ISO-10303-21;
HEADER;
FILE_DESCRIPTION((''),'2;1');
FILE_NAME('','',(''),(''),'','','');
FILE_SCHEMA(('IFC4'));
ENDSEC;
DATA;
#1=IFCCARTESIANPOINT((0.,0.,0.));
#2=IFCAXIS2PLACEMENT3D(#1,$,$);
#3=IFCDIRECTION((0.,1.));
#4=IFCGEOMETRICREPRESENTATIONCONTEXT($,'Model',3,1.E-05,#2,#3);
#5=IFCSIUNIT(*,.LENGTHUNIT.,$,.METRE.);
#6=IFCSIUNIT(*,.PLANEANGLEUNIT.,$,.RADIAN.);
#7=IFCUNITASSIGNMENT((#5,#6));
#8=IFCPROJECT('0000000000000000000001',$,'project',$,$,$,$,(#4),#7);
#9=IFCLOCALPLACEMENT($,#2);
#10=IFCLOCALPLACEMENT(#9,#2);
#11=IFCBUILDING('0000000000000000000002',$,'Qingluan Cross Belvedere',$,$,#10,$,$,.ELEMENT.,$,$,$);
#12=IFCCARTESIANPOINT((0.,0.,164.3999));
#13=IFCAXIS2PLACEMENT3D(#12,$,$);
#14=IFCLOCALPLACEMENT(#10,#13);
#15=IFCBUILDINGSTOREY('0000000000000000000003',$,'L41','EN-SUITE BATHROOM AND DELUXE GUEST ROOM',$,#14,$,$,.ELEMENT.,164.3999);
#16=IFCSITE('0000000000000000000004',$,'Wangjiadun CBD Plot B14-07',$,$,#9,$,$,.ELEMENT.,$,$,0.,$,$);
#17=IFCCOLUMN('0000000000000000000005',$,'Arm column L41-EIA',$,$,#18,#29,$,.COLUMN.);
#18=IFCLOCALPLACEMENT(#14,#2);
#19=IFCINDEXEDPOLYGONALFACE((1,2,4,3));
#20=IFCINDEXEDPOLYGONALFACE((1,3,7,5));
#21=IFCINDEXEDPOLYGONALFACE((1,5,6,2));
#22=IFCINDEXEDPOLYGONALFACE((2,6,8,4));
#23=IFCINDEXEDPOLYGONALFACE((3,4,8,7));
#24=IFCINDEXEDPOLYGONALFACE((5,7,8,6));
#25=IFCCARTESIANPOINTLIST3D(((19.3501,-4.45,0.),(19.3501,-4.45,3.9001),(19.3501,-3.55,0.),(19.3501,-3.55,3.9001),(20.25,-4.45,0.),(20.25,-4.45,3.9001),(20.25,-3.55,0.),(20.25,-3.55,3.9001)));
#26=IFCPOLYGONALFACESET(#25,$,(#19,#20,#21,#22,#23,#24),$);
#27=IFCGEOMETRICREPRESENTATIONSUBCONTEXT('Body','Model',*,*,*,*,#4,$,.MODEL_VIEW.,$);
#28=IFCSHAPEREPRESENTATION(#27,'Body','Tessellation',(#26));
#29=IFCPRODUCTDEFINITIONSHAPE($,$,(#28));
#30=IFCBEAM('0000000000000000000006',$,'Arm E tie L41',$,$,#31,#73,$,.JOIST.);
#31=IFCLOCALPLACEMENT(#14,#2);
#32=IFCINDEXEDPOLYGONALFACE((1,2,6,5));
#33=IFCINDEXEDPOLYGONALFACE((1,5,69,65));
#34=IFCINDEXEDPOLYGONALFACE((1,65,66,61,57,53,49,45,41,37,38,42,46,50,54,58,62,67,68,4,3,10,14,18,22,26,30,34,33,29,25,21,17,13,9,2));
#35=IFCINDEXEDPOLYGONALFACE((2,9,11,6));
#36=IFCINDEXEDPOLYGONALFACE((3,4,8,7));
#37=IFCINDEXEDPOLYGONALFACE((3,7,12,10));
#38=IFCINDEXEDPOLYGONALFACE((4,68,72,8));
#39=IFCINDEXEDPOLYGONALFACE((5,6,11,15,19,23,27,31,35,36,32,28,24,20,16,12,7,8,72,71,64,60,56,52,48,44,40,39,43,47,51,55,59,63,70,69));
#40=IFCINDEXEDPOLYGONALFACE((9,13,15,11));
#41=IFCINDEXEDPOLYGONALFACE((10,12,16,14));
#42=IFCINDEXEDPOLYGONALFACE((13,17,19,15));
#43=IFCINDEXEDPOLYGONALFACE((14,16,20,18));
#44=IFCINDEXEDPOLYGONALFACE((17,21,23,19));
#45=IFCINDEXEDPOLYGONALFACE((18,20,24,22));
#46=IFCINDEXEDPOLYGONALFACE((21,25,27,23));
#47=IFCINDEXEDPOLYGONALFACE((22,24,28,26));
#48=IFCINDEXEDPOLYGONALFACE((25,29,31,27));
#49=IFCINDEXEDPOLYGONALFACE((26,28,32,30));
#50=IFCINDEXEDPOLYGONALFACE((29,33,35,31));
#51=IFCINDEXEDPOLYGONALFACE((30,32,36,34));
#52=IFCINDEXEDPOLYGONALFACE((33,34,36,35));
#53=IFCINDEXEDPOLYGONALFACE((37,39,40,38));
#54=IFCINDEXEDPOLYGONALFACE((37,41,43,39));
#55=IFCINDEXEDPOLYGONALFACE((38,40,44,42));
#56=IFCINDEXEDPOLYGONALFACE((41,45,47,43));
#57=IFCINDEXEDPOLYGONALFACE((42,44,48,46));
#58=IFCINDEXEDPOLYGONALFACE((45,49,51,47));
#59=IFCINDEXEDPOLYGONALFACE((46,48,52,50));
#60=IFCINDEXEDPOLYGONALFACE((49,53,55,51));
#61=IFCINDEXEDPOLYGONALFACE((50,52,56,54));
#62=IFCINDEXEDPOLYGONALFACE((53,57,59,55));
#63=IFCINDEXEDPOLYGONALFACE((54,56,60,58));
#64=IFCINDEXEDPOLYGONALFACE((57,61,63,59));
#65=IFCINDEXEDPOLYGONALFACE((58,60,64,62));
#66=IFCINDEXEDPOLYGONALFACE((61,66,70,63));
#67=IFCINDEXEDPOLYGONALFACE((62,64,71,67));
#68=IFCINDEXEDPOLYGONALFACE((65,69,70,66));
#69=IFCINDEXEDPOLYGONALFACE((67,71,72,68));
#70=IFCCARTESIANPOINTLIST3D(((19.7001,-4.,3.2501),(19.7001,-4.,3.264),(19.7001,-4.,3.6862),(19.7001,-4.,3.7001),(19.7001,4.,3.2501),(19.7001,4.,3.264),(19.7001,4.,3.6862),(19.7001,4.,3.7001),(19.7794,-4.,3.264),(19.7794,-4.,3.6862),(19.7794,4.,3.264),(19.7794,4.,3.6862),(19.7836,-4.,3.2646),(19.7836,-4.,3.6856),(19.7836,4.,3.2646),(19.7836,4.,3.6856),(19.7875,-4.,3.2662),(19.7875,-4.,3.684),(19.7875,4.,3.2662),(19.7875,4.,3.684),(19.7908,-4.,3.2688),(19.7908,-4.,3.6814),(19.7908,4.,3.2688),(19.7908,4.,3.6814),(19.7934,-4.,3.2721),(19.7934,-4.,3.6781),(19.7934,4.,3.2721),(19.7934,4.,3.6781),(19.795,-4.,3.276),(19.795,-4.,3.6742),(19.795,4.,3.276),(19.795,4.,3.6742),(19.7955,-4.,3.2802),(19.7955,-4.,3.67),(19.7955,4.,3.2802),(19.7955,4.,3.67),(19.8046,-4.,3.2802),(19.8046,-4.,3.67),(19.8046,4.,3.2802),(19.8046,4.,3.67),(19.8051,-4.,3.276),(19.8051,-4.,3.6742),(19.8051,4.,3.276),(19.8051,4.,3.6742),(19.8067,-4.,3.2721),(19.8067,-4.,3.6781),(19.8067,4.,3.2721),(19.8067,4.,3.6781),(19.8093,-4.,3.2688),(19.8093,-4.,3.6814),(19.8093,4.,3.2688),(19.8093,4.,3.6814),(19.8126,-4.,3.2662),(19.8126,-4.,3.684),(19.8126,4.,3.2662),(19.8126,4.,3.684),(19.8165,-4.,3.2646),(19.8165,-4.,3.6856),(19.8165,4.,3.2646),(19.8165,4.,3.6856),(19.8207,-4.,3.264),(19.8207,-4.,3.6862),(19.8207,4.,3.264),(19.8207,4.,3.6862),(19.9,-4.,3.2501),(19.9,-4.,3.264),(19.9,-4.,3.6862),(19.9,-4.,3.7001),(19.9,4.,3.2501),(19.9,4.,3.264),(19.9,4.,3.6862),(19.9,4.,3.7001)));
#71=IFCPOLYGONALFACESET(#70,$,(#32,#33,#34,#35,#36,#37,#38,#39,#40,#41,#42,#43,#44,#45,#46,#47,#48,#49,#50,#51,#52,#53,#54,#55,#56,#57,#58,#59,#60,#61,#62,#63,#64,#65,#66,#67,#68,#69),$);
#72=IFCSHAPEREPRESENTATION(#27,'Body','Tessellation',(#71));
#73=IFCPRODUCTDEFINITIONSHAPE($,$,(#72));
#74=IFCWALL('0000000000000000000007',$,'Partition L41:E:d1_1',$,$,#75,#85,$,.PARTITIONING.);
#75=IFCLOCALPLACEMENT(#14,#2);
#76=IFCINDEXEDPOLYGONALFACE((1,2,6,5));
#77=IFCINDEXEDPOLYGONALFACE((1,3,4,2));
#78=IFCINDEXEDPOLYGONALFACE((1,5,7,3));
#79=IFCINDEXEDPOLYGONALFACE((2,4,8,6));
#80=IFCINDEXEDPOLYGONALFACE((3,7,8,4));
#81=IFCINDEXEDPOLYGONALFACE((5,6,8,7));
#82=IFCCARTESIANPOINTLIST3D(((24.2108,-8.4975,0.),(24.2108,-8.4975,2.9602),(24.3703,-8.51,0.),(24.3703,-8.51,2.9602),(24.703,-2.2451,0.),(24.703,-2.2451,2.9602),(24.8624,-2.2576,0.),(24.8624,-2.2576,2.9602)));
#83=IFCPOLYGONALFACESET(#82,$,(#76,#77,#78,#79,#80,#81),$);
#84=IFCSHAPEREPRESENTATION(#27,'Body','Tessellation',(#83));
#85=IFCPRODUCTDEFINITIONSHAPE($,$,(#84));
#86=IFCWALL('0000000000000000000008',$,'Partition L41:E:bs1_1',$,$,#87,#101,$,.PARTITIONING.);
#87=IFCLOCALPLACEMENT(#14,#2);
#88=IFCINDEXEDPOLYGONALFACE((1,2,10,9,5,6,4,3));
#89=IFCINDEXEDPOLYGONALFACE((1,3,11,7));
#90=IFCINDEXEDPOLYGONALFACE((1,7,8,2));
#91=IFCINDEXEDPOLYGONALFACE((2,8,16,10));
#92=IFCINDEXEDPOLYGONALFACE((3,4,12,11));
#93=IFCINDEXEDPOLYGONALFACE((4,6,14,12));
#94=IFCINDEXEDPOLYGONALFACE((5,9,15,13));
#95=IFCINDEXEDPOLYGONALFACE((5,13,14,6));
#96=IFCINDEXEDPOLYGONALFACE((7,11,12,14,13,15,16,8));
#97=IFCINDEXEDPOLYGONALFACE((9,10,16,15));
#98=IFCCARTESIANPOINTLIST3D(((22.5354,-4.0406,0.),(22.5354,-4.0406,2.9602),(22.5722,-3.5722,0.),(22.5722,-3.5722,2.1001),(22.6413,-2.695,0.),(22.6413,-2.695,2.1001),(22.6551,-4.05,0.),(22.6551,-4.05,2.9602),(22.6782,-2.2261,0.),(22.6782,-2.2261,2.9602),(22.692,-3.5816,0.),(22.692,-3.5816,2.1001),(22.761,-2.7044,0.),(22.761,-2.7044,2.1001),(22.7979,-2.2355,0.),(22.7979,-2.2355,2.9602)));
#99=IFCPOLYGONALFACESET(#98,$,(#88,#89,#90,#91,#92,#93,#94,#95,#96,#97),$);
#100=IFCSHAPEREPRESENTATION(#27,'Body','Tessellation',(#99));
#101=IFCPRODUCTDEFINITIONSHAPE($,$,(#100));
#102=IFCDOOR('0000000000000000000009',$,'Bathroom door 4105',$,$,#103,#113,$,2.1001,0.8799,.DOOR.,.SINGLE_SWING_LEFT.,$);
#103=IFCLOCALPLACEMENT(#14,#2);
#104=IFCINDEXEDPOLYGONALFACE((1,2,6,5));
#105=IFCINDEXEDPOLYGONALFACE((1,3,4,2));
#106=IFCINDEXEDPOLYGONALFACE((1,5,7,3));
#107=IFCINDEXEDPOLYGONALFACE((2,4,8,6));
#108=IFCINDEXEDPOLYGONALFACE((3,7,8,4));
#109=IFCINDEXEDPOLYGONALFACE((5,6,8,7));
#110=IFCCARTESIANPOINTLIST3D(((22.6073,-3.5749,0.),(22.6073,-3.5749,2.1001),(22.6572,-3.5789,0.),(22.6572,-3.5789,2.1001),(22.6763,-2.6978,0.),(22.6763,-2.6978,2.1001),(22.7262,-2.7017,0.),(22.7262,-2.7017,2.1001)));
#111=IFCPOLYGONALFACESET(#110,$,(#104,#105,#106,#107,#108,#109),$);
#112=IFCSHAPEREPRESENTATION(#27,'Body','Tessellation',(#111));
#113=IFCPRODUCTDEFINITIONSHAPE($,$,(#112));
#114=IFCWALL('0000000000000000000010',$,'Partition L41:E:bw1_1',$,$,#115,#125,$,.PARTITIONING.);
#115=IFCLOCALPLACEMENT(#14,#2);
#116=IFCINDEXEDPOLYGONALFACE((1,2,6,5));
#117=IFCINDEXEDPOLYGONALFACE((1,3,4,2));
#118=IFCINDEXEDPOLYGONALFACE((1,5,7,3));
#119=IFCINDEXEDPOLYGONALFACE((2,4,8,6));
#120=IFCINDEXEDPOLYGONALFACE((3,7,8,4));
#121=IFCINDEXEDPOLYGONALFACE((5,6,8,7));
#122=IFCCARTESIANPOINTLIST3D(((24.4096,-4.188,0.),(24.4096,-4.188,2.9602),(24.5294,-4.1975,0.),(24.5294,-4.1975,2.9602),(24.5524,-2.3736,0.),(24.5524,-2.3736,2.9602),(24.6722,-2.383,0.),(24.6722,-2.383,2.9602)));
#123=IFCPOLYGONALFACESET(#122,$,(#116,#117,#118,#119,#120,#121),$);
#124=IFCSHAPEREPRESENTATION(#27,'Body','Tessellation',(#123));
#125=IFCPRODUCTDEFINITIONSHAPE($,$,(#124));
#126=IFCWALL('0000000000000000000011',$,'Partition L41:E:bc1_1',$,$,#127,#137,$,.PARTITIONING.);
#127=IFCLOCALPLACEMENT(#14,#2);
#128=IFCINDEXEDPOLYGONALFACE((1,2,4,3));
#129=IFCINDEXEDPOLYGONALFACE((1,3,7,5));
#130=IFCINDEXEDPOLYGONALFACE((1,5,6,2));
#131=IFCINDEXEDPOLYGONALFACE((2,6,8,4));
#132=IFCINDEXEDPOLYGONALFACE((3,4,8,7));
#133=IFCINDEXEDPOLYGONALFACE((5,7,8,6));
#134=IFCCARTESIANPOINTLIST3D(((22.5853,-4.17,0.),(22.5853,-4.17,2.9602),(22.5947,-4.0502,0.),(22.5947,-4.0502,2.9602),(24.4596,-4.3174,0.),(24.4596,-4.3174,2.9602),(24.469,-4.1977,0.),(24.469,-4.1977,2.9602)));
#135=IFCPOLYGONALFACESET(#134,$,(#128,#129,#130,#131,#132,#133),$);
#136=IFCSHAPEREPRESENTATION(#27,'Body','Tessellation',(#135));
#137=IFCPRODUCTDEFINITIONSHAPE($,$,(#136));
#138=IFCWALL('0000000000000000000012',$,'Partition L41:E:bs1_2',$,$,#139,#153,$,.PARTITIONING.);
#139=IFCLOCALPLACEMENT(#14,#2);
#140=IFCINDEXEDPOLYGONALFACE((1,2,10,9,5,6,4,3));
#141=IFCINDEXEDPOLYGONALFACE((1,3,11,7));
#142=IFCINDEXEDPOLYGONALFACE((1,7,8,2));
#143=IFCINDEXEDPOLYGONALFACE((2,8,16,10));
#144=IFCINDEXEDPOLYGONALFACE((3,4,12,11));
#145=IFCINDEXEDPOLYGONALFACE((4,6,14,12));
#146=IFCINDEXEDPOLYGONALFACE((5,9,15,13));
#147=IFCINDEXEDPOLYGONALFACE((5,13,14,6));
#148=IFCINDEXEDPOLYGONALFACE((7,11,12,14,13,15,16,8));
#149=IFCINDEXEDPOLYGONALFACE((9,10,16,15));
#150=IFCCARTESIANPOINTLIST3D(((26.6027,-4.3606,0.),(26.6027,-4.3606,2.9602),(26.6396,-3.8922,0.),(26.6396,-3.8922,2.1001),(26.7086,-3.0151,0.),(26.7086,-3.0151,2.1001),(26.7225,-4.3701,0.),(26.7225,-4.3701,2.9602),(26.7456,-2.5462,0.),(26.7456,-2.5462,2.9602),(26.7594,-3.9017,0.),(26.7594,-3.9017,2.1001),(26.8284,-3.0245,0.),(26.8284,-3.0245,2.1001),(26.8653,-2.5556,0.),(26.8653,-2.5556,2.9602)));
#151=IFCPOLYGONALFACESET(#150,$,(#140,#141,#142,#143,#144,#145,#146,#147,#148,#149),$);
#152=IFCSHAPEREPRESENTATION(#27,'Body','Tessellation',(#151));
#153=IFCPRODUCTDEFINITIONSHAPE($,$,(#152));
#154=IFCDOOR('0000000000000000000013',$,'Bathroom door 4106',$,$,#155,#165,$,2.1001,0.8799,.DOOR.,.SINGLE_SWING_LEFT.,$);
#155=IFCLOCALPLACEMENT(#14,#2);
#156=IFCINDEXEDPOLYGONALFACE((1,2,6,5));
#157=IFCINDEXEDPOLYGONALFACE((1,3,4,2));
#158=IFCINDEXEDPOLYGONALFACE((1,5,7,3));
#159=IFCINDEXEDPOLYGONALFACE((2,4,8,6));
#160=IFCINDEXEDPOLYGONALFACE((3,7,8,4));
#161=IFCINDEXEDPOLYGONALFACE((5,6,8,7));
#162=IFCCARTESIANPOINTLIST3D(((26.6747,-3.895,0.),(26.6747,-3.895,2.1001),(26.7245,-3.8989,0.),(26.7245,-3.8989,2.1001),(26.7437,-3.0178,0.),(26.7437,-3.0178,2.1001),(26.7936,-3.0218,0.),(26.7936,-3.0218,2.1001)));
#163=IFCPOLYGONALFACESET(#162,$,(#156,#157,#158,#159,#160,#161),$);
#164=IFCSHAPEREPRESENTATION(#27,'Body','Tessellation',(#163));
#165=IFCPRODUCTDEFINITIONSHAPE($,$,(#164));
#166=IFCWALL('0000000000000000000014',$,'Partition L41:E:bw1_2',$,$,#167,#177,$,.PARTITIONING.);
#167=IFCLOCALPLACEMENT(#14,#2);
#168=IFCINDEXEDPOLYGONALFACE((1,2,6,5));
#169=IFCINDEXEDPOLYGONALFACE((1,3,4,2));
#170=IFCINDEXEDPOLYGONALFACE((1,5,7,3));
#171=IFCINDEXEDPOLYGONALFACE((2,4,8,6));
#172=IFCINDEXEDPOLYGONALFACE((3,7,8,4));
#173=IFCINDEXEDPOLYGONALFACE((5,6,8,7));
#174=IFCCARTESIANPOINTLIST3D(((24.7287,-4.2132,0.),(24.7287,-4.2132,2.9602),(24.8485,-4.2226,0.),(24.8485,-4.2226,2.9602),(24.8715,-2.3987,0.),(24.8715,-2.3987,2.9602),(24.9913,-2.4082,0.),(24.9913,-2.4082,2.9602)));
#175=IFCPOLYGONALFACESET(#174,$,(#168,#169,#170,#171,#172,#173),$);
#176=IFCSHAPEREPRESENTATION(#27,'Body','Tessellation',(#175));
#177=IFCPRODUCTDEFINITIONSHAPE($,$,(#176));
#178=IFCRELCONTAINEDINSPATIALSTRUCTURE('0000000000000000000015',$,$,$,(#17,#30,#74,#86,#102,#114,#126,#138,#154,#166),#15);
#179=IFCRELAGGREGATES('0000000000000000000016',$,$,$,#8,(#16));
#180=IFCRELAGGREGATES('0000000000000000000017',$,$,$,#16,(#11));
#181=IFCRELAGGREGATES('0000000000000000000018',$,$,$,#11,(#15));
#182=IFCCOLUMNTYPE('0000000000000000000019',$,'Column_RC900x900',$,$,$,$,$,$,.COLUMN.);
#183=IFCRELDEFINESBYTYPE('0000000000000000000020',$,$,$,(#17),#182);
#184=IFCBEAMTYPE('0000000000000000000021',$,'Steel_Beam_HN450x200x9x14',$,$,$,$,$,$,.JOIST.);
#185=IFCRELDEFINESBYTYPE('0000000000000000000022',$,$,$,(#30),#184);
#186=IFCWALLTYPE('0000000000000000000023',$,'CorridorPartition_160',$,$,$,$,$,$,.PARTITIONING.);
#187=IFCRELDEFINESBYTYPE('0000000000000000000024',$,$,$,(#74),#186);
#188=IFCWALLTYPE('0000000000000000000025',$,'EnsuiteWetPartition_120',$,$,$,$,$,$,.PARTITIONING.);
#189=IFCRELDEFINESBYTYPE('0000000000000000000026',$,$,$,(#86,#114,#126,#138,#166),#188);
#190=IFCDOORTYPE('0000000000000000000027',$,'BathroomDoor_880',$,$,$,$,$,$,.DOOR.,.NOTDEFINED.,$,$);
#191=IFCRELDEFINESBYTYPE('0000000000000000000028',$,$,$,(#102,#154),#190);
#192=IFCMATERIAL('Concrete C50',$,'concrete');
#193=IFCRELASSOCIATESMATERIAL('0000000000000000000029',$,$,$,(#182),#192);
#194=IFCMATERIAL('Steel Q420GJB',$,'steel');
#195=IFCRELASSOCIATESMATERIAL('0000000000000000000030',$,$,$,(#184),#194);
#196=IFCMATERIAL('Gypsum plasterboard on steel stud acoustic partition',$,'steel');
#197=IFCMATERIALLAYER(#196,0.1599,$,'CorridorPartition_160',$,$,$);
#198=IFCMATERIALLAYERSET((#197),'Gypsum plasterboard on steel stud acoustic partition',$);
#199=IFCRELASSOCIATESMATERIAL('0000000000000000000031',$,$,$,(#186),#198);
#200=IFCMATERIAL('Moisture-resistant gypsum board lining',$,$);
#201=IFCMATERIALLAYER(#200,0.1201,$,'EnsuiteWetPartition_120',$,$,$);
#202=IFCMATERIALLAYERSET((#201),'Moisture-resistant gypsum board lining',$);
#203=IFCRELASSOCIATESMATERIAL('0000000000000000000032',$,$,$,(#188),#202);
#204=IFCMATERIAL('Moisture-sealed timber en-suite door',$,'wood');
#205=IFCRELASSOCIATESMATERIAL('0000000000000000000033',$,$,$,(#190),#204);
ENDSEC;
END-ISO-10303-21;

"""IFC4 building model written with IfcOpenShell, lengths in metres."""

from ifc_helpers import new_model, si_unit, direction, frame, frame_2d, origin, origin_2d, place, context, subcontext, project, spatial, rectangle, i_section, extrude, material, layer, layer_set, material_profile, profile_set, type_object, element, fill, save


model = new_model("IFC4")

# Units and contexts
model_context = context("Model", 3, precision=1e-05, world=origin(), true_north=direction((0.0, 1.0)))
body_context = subcontext(model_context, "Body", "Model", "MODEL_VIEW")
ifc_project = project(units=[si_unit("LENGTHUNIT", "METRE"), si_unit("PLANEANGLEUNIT", "RADIAN")], contexts=[model_context])

# Site, building, storey
site_placement = place(None, origin())
site = spatial("IfcSite", under=ifc_project, at=site_placement, Name="Wangjiadun CBD Plot B14-07", CompositionType="ELEMENT", RefElevation=0.0)
building_placement = place(site_placement, origin())
building = spatial("IfcBuilding", under=site, at=building_placement, Name="Qingluan Cross Belvedere", CompositionType="ELEMENT")
storey_placement = place(building_placement, frame((0.0, 0.0, 164.3999)))
storey = spatial("IfcBuildingStorey", under=building, at=storey_placement, Name="L41", Description="EN-SUITE BATHROOM AND DELUXE GUEST ROOM", CompositionType="ELEMENT", Elevation=164.3999)

# Column
ifc_material_1 = material(Name="Concrete C50", Category="concrete")
ifc_material_profile_1 = material_profile(ifc_material_1, rectangle(XDim=0.8999, YDim=0.8999, at=origin_2d()), Name="RC900x900")
ifc_profile_set_1 = profile_set([ifc_material_profile_1], Name="Concrete C50")
column_type = type_object("IfcColumnType", Name="Column_RC900x900", PredefinedType="COLUMN", material=ifc_profile_set_1)
column_placement = place(storey_placement, frame((19.8, -4.0, 0.0), z_axis=(0.0, 0.0, 1.0), x_axis=(1.0, 0.0, 0.0)))
element("IfcColumn", 1, at=column_placement, inside=storey, type_object=column_type, Name="Arm column L41-EIA", PredefinedType="COLUMN", context=body_context, shape_type="SweptSolid", body=[
    extrude(rectangle(XDim=0.8999, YDim=0.8999, at=origin_2d()), origin(), (0.0, 0.0, 1.0), 3.9001),
])

# Beam
ifc_material_2 = material(Name="Steel Q420GJB", Category="steel")
ifc_material_profile_2 = material_profile(ifc_material_2, i_section(OverallWidth=0.2, OverallDepth=0.45, WebThickness=0.009, FlangeThickness=0.0139, FilletRadius=0.0161, at=origin_2d()), Name="HN450x200x9x14")
ifc_profile_set_2 = profile_set([ifc_material_profile_2], Name="Steel Q420GJB")
beam_type = type_object("IfcBeamType", Name="Steel_Beam_HN450x200x9x14", PredefinedType="JOIST", material=ifc_profile_set_2)
beam_placement = place(storey_placement, frame((19.8, -4.0, 3.4751), z_axis=(0.0, 1.0, 0.0), x_axis=(-1.0, 0.0, 0.0)))
element("IfcBeam", 2, at=beam_placement, inside=storey, type_object=beam_type, Name="Arm E tie L41", PredefinedType="JOIST", context=body_context, shape_type="SweptSolid", body=[
    extrude(i_section(OverallWidth=0.2, OverallDepth=0.45, WebThickness=0.009, FlangeThickness=0.0139, FilletRadius=0.0161, at=origin_2d()), origin(), (0.0, 0.0, 1.0), 8.0),
])

# Wall
ifc_material_3 = material(Name="Gypsum plasterboard on steel stud acoustic partition", Category="steel")
ifc_layer_1 = layer(ifc_material_3, 0.1599, Name="CorridorPartition_160")
ifc_layer_set_1 = layer_set([ifc_layer_1], Name="Gypsum plasterboard on steel stud acoustic partition")
wall_type_1 = type_object("IfcWallType", Name="CorridorPartition_160", PredefinedType="PARTITIONING", material=ifc_layer_set_1)
wall_1_placement = place(storey_placement, frame((24.7827, -2.2515, 0.0), z_axis=(0.0, 0.0, 1.0), x_axis=(-0.078476, -0.996916, 0.0)))
element("IfcWall", 3, at=wall_1_placement, inside=storey, type_object=wall_type_1, Name="Partition L41:E:d1_1", PredefinedType="PARTITIONING", context=body_context, shape_type="SweptSolid", body=[
    extrude(rectangle(XDim=6.2717, YDim=0.1599, at=frame_2d((3.1357, 0.0))), origin(), (0.0, 0.0, 1.0), 2.9602),
])

# Wall, opening, door
ifc_material_4 = material(Name="Moisture-resistant gypsum board lining")
ifc_layer_2 = layer(ifc_material_4, 0.1201, Name="EnsuiteWetPartition_120")
ifc_layer_set_2 = layer_set([ifc_layer_2], Name="Moisture-resistant gypsum board lining")
wall_type_2 = type_object("IfcWallType", Name="EnsuiteWetPartition_120", PredefinedType="PARTITIONING", material=ifc_layer_set_2)
wall_2_placement = place(storey_placement, frame((22.5952, -4.0454, 0.0), z_axis=(0.0, 0.0, 1.0), x_axis=(0.078471, 0.996916, 0.0)))
wall_2 = element("IfcWall", 4, at=wall_2_placement, inside=storey, type_object=wall_type_2, Name="Partition L41:E:bs1_1", PredefinedType="PARTITIONING", context=body_context, shape_type="SweptSolid", body=[
    extrude(rectangle(XDim=1.8201, YDim=0.1201, at=frame_2d((0.9102, 0.0))), origin(), (0.0, 0.0, 1.0), 2.9602),
])
opening_1_placement = place(wall_2_placement, frame((0.47, 0.0, 0.0)))
opening_1 = element("IfcOpeningElement", 5, at=opening_1_placement, cuts=wall_2, PredefinedType="OPENING", context=body_context, shape_type="SweptSolid", body=[
    extrude(rectangle(XDim=0.8799, YDim=2.1001, at=frame_2d((0.4399, 1.05))), frame((0.0, 0.0701, 0.0), z_axis=(0.0, -1.0, 0.0), x_axis=(1.0, 0.0, 0.0)), (0.0, 0.0, 1.0), 0.1401),
])
ifc_material_5 = material(Name="Moisture-sealed timber en-suite door", Category="wood")
door_type = type_object("IfcDoorType", Name="BathroomDoor_880", OperationType="NOTDEFINED", PredefinedType="DOOR", material=ifc_material_5)
door_1_placement = place(opening_1_placement, origin())
door_1 = element("IfcDoor", 6, at=door_1_placement, inside=storey, type_object=door_type, Name="Bathroom door 4105", OperationType="SINGLE_SWING_LEFT", OverallHeight=2.1001, OverallWidth=0.8799, PredefinedType="DOOR", context=body_context, shape_type="SweptSolid", body=[
    extrude(rectangle(XDim=0.8799, YDim=2.1001, at=frame_2d((0.4399, 1.05))), frame((0.0, 0.0249, 0.0), z_axis=(0.0, -1.0, 0.0), x_axis=(1.0, 0.0, 0.0)), (0.0, 0.0, 1.0), 0.05),
])
fill(opening_1, door_1)

# Walls
wall_3_placement = place(storey_placement, frame((24.4695, -4.1929, 0.0), z_axis=(0.0, 0.0, 1.0), x_axis=(0.078471, 0.996916, 0.0)))
element("IfcWall", 7, at=wall_3_placement, inside=storey, type_object=wall_type_2, Name="Partition L41:E:bw1_1", PredefinedType="PARTITIONING", context=body_context, shape_type="SweptSolid", body=[
    extrude(rectangle(XDim=1.8201, YDim=0.1201, at=frame_2d((0.9102, 0.0))), origin(), (0.0, 0.0, 1.0), 2.9602),
])
wall_4_placement = place(storey_placement, frame((22.5901, -4.1101, 0.0), z_axis=(0.0, 0.0, 1.0), x_axis=(0.996919, -0.078434, 0.0)))
element("IfcWall", 8, at=wall_4_placement, inside=storey, type_object=wall_type_2, Name="Partition L41:E:bc1_1", PredefinedType="PARTITIONING", context=body_context, shape_type="SweptSolid", body=[
    extrude(rectangle(XDim=1.8801, YDim=0.1201, at=frame_2d((0.9399, 0.0))), origin(), (0.0, 0.0, 1.0), 2.9602),
])

# Wall, opening, door
wall_5_placement = place(storey_placement, frame((26.6626, -4.3655, 0.0), z_axis=(0.0, 0.0, 1.0), x_axis=(0.078471, 0.996916, 0.0)))
wall_5 = element("IfcWall", 9, at=wall_5_placement, inside=storey, type_object=wall_type_2, Name="Partition L41:E:bs1_2", PredefinedType="PARTITIONING", context=body_context, shape_type="SweptSolid", body=[
    extrude(rectangle(XDim=1.8201, YDim=0.1201, at=frame_2d((0.9102, 0.0))), origin(), (0.0, 0.0, 1.0), 2.9602),
])
opening_2_placement = place(wall_5_placement, frame((0.47, 0.0, 0.0)))
opening_2 = element("IfcOpeningElement", 10, at=opening_2_placement, cuts=wall_5, PredefinedType="OPENING", context=body_context, shape_type="SweptSolid", body=[
    extrude(rectangle(XDim=0.8799, YDim=2.1001, at=frame_2d((0.4399, 1.05))), frame((0.0, 0.0701, 0.0), z_axis=(0.0, -1.0, 0.0), x_axis=(1.0, 0.0, 0.0)), (0.0, 0.0, 1.0), 0.1401),
])
door_2_placement = place(opening_2_placement, origin())
door_2 = element("IfcDoor", 11, at=door_2_placement, inside=storey, type_object=door_type, Name="Bathroom door 4106", OperationType="SINGLE_SWING_LEFT", OverallHeight=2.1001, OverallWidth=0.8799, PredefinedType="DOOR", context=body_context, shape_type="SweptSolid", body=[
    extrude(rectangle(XDim=0.8799, YDim=2.1001, at=frame_2d((0.4399, 1.05))), frame((0.0, 0.0249, 0.0), z_axis=(0.0, -1.0, 0.0), x_axis=(1.0, 0.0, 0.0)), (0.0, 0.0, 1.0), 0.05),
])
fill(opening_2, door_2)

# Wall
wall_6_placement = place(storey_placement, frame((24.7886, -4.218, 0.0), z_axis=(0.0, 0.0, 1.0), x_axis=(0.078471, 0.996916, 0.0)))
element("IfcWall", 12, at=wall_6_placement, inside=storey, type_object=wall_type_2, Name="Partition L41:E:bw1_2", PredefinedType="PARTITIONING", context=body_context, shape_type="SweptSolid", body=[
    extrude(rectangle(XDim=1.8201, YDim=0.1201, at=frame_2d((0.9102, 0.0))), origin(), (0.0, 0.0, 1.0), 2.9602),
])

save(model, "model.ifc")
